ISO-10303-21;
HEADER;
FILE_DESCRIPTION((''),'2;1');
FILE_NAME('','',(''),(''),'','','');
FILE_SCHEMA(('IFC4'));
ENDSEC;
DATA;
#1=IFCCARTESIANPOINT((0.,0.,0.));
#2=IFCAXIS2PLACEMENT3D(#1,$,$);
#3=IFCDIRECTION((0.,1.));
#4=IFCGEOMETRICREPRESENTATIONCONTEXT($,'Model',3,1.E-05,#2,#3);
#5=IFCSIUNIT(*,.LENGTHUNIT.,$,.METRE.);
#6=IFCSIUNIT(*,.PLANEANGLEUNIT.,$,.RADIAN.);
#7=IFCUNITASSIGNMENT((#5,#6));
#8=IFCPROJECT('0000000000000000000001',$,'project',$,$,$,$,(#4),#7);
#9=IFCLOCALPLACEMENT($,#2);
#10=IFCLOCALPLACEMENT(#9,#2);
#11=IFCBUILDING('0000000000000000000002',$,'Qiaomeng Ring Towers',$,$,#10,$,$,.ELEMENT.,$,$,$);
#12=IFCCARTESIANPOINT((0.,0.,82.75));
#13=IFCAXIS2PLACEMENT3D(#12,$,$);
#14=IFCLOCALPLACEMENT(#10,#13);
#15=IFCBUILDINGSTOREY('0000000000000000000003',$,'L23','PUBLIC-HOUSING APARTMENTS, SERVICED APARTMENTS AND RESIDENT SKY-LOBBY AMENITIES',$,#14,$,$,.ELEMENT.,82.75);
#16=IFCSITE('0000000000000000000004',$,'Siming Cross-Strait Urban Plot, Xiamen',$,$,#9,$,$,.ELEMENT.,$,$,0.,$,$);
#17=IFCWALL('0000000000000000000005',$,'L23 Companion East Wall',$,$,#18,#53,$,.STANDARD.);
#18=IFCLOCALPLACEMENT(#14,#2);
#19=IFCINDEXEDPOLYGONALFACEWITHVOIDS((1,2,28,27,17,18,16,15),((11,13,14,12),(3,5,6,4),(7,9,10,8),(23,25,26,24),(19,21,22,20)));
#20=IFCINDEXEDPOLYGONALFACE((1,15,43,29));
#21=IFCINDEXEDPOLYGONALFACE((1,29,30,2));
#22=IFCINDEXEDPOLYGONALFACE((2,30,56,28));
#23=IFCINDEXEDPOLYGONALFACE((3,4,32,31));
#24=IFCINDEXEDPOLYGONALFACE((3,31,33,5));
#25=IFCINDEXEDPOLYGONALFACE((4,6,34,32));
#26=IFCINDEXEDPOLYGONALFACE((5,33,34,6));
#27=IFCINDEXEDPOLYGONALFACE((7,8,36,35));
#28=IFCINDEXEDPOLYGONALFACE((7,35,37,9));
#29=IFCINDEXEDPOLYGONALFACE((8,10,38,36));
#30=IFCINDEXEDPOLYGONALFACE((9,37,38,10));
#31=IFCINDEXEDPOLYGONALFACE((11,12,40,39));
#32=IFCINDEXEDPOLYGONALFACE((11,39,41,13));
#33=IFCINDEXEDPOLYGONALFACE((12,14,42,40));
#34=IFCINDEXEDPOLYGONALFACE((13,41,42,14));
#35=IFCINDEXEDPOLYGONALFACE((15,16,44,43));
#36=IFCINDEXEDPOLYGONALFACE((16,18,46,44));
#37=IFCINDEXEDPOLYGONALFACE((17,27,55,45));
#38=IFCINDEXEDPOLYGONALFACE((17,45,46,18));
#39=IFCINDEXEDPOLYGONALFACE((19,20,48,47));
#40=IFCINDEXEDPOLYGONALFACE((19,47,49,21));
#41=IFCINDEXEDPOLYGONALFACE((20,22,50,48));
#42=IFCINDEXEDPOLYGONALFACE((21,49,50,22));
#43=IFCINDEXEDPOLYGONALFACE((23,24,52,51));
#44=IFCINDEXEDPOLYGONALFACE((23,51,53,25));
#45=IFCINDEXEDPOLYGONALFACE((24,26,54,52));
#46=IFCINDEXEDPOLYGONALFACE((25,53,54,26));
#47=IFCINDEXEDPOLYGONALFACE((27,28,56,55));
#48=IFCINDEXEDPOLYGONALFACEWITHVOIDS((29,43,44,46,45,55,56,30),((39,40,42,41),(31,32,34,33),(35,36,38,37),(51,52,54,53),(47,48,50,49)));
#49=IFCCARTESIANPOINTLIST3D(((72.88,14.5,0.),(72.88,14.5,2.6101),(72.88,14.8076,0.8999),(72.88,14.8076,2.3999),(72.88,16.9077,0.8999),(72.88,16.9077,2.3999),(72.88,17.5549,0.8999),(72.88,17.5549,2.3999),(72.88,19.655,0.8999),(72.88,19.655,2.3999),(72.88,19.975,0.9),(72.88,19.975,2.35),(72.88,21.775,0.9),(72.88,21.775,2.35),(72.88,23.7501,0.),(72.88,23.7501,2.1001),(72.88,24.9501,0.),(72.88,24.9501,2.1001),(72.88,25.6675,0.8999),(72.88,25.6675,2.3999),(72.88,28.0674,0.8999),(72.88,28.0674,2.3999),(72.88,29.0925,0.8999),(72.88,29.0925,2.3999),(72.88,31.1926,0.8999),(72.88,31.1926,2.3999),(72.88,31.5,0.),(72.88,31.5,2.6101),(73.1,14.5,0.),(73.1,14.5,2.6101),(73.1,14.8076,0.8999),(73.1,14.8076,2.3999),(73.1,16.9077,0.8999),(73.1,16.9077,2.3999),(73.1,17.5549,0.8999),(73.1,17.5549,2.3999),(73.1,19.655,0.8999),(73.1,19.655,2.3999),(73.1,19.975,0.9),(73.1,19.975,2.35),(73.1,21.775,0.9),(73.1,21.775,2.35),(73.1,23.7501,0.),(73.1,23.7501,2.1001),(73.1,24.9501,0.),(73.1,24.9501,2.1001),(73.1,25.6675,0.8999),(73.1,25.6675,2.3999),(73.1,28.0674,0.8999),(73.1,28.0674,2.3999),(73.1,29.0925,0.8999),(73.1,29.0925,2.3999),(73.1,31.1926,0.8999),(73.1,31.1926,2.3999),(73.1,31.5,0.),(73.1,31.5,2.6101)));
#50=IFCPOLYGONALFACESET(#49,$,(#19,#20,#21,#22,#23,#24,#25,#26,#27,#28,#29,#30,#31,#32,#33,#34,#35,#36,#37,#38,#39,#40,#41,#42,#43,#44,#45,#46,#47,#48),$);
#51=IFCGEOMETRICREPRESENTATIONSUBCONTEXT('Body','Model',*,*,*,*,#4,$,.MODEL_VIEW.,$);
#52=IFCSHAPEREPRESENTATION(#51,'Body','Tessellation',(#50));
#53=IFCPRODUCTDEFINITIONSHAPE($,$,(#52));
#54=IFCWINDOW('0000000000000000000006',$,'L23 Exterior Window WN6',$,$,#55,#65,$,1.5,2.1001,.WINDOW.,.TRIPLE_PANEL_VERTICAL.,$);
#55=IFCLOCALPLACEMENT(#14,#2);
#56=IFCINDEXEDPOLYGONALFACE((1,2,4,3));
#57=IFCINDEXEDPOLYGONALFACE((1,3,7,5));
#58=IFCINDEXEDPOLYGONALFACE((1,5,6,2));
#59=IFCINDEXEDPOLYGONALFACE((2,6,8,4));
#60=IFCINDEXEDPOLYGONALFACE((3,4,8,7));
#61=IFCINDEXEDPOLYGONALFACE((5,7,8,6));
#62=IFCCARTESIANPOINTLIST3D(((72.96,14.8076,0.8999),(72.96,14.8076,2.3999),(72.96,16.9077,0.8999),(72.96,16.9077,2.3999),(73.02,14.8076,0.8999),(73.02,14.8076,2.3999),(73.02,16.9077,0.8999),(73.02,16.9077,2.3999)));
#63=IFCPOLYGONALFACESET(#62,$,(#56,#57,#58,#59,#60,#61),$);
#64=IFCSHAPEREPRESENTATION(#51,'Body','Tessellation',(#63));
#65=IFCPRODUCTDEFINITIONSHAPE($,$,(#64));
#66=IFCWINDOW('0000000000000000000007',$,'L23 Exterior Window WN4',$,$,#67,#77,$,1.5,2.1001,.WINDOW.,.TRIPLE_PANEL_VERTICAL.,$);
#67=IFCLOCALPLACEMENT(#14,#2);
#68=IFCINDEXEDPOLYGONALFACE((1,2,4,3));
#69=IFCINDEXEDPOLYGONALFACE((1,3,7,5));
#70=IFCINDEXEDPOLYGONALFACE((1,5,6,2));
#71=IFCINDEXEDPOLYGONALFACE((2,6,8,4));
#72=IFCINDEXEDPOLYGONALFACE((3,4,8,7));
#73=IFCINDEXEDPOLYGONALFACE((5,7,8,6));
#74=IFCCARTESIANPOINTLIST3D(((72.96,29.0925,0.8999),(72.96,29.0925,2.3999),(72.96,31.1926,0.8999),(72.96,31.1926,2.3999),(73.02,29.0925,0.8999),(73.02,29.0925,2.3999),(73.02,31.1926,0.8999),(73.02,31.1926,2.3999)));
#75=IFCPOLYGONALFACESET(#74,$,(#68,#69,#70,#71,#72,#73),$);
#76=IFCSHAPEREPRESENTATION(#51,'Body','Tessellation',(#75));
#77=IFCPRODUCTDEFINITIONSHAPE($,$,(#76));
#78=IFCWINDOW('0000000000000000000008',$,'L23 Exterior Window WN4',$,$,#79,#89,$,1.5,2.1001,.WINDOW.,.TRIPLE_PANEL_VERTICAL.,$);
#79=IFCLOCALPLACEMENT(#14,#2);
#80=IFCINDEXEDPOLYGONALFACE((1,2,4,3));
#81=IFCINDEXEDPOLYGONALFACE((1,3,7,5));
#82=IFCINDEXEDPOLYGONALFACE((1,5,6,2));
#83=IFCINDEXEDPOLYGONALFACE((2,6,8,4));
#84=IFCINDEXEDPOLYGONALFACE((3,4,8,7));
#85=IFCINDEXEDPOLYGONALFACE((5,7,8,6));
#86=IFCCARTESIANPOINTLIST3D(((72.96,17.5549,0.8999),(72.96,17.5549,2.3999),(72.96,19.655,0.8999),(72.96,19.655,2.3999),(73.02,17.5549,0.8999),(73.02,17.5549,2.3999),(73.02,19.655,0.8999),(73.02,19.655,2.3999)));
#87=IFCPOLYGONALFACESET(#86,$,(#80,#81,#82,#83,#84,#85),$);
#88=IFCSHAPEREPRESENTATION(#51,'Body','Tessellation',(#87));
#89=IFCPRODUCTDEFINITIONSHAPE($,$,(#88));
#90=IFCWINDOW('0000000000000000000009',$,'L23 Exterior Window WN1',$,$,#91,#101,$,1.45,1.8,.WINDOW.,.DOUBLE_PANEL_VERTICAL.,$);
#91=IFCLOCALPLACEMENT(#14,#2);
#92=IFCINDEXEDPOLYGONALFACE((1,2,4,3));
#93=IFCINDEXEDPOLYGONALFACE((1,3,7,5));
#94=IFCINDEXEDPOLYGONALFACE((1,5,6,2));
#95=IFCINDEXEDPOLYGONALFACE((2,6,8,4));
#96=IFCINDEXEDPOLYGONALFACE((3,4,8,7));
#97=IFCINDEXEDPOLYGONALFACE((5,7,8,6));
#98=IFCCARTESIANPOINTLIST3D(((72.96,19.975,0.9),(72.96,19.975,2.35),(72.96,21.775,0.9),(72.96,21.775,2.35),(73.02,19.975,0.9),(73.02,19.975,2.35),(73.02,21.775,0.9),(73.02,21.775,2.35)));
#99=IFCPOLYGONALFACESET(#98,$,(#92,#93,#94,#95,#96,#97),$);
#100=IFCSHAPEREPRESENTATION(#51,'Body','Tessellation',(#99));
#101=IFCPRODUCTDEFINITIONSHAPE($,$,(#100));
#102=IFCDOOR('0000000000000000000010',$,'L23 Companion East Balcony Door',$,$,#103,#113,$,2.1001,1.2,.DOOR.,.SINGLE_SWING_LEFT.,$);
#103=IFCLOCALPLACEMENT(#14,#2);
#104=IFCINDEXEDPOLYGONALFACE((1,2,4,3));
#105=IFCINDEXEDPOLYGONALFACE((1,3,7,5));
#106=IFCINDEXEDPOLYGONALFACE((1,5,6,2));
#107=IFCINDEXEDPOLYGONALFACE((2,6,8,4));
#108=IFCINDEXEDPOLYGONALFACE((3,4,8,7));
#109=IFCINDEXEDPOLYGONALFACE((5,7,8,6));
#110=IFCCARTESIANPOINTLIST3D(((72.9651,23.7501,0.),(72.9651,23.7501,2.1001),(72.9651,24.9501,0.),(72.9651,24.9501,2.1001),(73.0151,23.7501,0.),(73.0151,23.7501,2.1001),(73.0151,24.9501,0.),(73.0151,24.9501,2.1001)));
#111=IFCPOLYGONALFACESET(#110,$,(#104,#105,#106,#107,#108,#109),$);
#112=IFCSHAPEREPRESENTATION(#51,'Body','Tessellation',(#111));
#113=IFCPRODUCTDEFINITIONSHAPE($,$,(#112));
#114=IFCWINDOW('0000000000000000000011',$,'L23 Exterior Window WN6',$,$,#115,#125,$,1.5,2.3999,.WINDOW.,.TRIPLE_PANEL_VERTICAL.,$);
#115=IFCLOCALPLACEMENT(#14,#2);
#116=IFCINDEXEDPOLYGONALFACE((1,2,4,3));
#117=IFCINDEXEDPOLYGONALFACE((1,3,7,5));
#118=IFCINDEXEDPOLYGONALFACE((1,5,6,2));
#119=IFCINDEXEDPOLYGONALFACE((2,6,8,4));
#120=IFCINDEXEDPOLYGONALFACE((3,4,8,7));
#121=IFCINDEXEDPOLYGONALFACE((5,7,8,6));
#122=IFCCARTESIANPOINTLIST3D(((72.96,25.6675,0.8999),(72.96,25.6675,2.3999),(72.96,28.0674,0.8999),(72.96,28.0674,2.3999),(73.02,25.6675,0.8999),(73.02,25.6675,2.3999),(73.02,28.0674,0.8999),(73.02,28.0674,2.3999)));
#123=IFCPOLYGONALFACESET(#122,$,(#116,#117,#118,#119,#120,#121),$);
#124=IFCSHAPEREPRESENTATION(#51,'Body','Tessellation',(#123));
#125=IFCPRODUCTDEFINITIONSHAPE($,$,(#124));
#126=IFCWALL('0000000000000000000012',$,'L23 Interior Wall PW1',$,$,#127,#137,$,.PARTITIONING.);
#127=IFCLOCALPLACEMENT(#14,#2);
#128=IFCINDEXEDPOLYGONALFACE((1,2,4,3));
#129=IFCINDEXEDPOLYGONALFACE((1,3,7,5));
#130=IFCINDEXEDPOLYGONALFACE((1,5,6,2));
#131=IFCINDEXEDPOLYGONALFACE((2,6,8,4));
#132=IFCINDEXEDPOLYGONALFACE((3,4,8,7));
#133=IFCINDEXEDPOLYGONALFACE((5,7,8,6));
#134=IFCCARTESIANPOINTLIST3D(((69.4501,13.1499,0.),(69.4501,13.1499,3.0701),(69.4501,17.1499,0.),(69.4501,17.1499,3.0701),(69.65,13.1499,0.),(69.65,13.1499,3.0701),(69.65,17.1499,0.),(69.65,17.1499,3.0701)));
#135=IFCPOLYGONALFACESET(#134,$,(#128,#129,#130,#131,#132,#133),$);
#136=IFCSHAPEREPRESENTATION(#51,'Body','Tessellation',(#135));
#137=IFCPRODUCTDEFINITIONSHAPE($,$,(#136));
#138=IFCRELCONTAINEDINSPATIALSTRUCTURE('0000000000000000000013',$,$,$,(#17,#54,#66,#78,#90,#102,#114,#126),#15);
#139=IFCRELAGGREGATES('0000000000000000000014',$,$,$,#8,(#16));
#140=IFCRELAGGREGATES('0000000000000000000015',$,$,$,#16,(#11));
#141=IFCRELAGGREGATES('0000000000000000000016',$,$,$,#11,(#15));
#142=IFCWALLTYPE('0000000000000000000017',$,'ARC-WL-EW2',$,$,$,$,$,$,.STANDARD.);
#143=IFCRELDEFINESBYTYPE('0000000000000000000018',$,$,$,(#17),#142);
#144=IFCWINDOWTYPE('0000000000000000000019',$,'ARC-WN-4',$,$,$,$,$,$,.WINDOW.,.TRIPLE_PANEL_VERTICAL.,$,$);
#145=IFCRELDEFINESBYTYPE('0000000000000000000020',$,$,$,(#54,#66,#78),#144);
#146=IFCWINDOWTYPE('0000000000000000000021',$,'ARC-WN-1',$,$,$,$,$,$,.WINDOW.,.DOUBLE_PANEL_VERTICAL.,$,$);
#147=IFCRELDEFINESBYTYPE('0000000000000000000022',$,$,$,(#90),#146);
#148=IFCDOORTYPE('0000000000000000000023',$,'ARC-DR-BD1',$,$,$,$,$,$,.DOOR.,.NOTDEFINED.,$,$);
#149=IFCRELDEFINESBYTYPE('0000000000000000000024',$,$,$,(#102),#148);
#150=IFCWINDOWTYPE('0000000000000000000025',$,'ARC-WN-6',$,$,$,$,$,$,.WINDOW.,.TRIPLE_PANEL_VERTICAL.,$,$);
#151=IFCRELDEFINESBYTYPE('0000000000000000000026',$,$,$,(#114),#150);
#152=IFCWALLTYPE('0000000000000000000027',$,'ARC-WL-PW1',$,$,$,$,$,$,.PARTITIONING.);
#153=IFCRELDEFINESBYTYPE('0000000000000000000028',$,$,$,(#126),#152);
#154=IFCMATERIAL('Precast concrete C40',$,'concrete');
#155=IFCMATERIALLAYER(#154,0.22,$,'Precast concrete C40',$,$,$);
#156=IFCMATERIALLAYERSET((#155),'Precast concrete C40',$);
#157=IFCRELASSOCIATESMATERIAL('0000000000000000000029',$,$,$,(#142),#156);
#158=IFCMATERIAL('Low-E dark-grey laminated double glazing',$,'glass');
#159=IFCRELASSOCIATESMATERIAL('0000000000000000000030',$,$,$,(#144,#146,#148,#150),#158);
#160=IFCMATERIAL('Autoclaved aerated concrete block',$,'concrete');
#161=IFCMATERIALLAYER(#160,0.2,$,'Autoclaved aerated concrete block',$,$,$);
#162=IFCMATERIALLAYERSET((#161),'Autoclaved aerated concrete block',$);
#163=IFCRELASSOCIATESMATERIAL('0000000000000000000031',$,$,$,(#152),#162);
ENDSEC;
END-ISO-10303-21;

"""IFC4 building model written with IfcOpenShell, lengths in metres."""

from ifc_helpers import new_model, si_unit, direction, frame, frame_2d, origin, place, context, subcontext, project, spatial, rectangle, extrude, source, transform, mapped, material, layer, layer_set, type_object, element, fill, save


model = new_model("IFC4")

# Units and contexts
model_context = context("Model", 3, precision=1e-05, world=origin(), true_north=direction((0.0, 1.0)))
body_context = subcontext(model_context, "Body", "Model", "MODEL_VIEW")
ifc_project = project(units=[si_unit("LENGTHUNIT", "METRE"), si_unit("PLANEANGLEUNIT", "RADIAN")], contexts=[model_context])

# Site, building, storey
site_placement = place(None, origin())
site = spatial("IfcSite", under=ifc_project, at=site_placement, Name="Siming Cross-Strait Urban Plot, Xiamen", CompositionType="ELEMENT", RefElevation=0.0)
building_placement = place(site_placement, origin())
building = spatial("IfcBuilding", under=site, at=building_placement, Name="Qiaomeng Ring Towers", CompositionType="ELEMENT")
storey_placement = place(building_placement, frame((0.0, 0.0, 82.75)))
storey = spatial("IfcBuildingStorey", under=building, at=storey_placement, Name="L23", Description="PUBLIC-HOUSING APARTMENTS, SERVICED APARTMENTS AND RESIDENT SKY-LOBBY AMENITIES", CompositionType="ELEMENT", Elevation=82.75)

# Shared definitions
ifc_material_1 = material(Name="Low-E dark-grey laminated double glazing", Category="glass")

# Wall, openings, windows, door
ifc_material_2 = material(Name="Precast concrete C40", Category="concrete")
ifc_layer_1 = layer(ifc_material_2, 0.22, Name="Precast concrete C40")
ifc_layer_set_1 = layer_set([ifc_layer_1], Name="Precast concrete C40")
wall_type_1 = type_object("IfcWallType", Name="ARC-WL-EW2", PredefinedType="STANDARD", material=ifc_layer_set_1)
wall_1_placement = place(storey_placement, frame((72.99, 14.5, 0.0), z_axis=(0.0, 0.0, 1.0), x_axis=(0.0, 1.0, 0.0)))
wall_1 = element("IfcWall", 1, at=wall_1_placement, inside=storey, type_object=wall_type_1, Name="L23 Companion East Wall", PredefinedType="STANDARD", context=body_context, shape_type="SweptSolid", body=[
    extrude(rectangle(XDim=17.0, YDim=0.22, at=frame_2d((8.5, 0.0))), origin(), (0.0, 0.0, 1.0), 2.6101),
])
opening_1_placement = place(wall_1_placement, frame((9.25, 0.0, 0.0)))
opening_1 = element("IfcOpeningElement", 2, at=opening_1_placement, cuts=wall_1, PredefinedType="OPENING", context=body_context, shape_type="SweptSolid", body=[
    extrude(rectangle(XDim=1.2, YDim=2.1001, at=frame_2d((0.6001, 1.05))), frame((0.0, 0.1199, 0.0), z_axis=(0.0, -1.0, 0.0), x_axis=(1.0, 0.0, 0.0)), (0.0, 0.0, 1.0), 0.24),
])
opening_2_placement = place(wall_1_placement, frame((0.3076, 0.0, 0.8999)))
opening_2 = element("IfcOpeningElement", 3, at=opening_2_placement, cuts=wall_1, PredefinedType="OPENING", context=body_context, shape_type="SweptSolid", body=[
    extrude(rectangle(XDim=2.1001, YDim=1.5, at=frame_2d((1.05, 0.75))), frame((0.0, 0.1199, 0.0), z_axis=(0.0, -1.0, 0.0), x_axis=(1.0, 0.0, 0.0)), (0.0, 0.0, 1.0), 0.24),
])
opening_3_placement = place(wall_1_placement, frame((5.4751, 0.0, 0.8999)))
opening_3 = element("IfcOpeningElement", 4, at=opening_3_placement, cuts=wall_1, PredefinedType="OPENING", context=body_context, shape_type="SweptSolid", body=[
    extrude(rectangle(XDim=1.8, YDim=1.45, at=frame_2d((0.8999, 0.7251))), frame((0.0, 0.1199, 0.0), z_axis=(0.0, -1.0, 0.0), x_axis=(1.0, 0.0, 0.0)), (0.0, 0.0, 1.0), 0.24),
])
opening_4_placement = place(wall_1_placement, frame((14.5925, 0.0, 0.8999)))
opening_4 = element("IfcOpeningElement", 5, at=opening_4_placement, cuts=wall_1, PredefinedType="OPENING", context=body_context, shape_type="SweptSolid", body=[
    extrude(rectangle(XDim=2.1001, YDim=1.5, at=frame_2d((1.05, 0.75))), frame((0.0, 0.1199, 0.0), z_axis=(0.0, -1.0, 0.0), x_axis=(1.0, 0.0, 0.0)), (0.0, 0.0, 1.0), 0.24),
])
opening_5_placement = place(wall_1_placement, frame((3.0549, 0.0, 0.8999)))
opening_5 = element("IfcOpeningElement", 6, at=opening_5_placement, cuts=wall_1, PredefinedType="OPENING", context=body_context, shape_type="SweptSolid", body=[
    extrude(rectangle(XDim=2.1001, YDim=1.5, at=frame_2d((1.05, 0.75))), frame((0.0, 0.1199, 0.0), z_axis=(0.0, -1.0, 0.0), x_axis=(1.0, 0.0, 0.0)), (0.0, 0.0, 1.0), 0.24),
])
opening_6_placement = place(wall_1_placement, frame((11.1675, 0.0, 0.8999)))
opening_6 = element("IfcOpeningElement", 7, at=opening_6_placement, cuts=wall_1, PredefinedType="OPENING", context=body_context, shape_type="SweptSolid", body=[
    extrude(rectangle(XDim=2.3999, YDim=1.5, at=frame_2d((1.2, 0.75))), frame((0.0, 0.1199, 0.0), z_axis=(0.0, -1.0, 0.0), x_axis=(1.0, 0.0, 0.0)), (0.0, 0.0, 1.0), 0.24),
])
window_type_1 = type_object("IfcWindowType", Name="ARC-WN-4", PartitioningType="TRIPLE_PANEL_VERTICAL", PredefinedType="WINDOW", material=ifc_material_1)
shared_shape_1 = source(origin(), body_context, "Body", "SweptSolid", [
    extrude(rectangle(XDim=2.1001, YDim=1.5, at=frame_2d((1.05, 0.75))), frame((0.0, 0.03, 0.0), z_axis=(0.0, -1.0, 0.0), x_axis=(1.0, 0.0, 0.0)), (0.0, 0.0, 1.0), 0.0601),
])
window_1_placement = place(opening_2_placement, origin())
window_1 = element("IfcWindow", 8, at=window_1_placement, inside=storey, type_object=window_type_1, Name="L23 Exterior Window WN6", OverallHeight=1.5, OverallWidth=2.1001, PartitioningType="TRIPLE_PANEL_VERTICAL", PredefinedType="WINDOW", context=body_context, shape_type="MappedRepresentation", body=[
    mapped(shared_shape_1, transform((0.0, 0.0, 0.0), x_axis=(1.0, 0.0, 0.0), y_axis=(0.0, 1.0, 0.0), z_axis=(0.0, 0.0, 1.0), scale=1.0)),
])
fill(opening_2, window_1)
window_2_placement = place(opening_4_placement, origin())
window_2 = element("IfcWindow", 9, at=window_2_placement, inside=storey, type_object=window_type_1, Name="L23 Exterior Window WN4", OverallHeight=1.5, OverallWidth=2.1001, PartitioningType="TRIPLE_PANEL_VERTICAL", PredefinedType="WINDOW", context=body_context, shape_type="MappedRepresentation", body=[
    mapped(shared_shape_1, transform((0.0, 0.0, 0.0), x_axis=(1.0, 0.0, 0.0), y_axis=(0.0, 1.0, 0.0), z_axis=(0.0, 0.0, 1.0), scale=1.0)),
])
fill(opening_4, window_2)
window_3_placement = place(opening_5_placement, origin())
window_3 = element("IfcWindow", 10, at=window_3_placement, inside=storey, type_object=window_type_1, Name="L23 Exterior Window WN4", OverallHeight=1.5, OverallWidth=2.1001, PartitioningType="TRIPLE_PANEL_VERTICAL", PredefinedType="WINDOW", context=body_context, shape_type="MappedRepresentation", body=[
    mapped(shared_shape_1, transform((0.0, 0.0, 0.0), x_axis=(1.0, 0.0, 0.0), y_axis=(0.0, 1.0, 0.0), z_axis=(0.0, 0.0, 1.0), scale=1.0)),
])
fill(opening_5, window_3)
window_type_2 = type_object("IfcWindowType", Name="ARC-WN-1", PartitioningType="DOUBLE_PANEL_VERTICAL", PredefinedType="WINDOW", material=ifc_material_1)
shared_shape_2 = source(origin(), body_context, "Body", "SweptSolid", [
    extrude(rectangle(XDim=1.8, YDim=1.45, at=frame_2d((0.8999, 0.7251))), frame((0.0, 0.03, 0.0), z_axis=(0.0, -1.0, 0.0), x_axis=(1.0, 0.0, 0.0)), (0.0, 0.0, 1.0), 0.0601),
])
window_4_placement = place(opening_3_placement, origin())
window_4 = element("IfcWindow", 11, at=window_4_placement, inside=storey, type_object=window_type_2, Name="L23 Exterior Window WN1", OverallHeight=1.45, OverallWidth=1.8, PartitioningType="DOUBLE_PANEL_VERTICAL", PredefinedType="WINDOW", context=body_context, shape_type="MappedRepresentation", body=[
    mapped(shared_shape_2, transform((0.0, 0.0, 0.0), x_axis=(1.0, 0.0, 0.0), y_axis=(0.0, 1.0, 0.0), z_axis=(0.0, 0.0, 1.0), scale=1.0)),
])
fill(opening_3, window_4)
door_type_1 = type_object("IfcDoorType", Name="ARC-DR-BD1", OperationType="NOTDEFINED", PredefinedType="DOOR", material=ifc_material_1)
shared_shape_3 = source(origin(), body_context, "Body", "SweptSolid", [
    extrude(rectangle(XDim=1.2, YDim=2.1001, at=frame_2d((0.6001, 1.05))), frame((0.0, 0.0249, 0.0), z_axis=(0.0, -1.0, 0.0), x_axis=(1.0, 0.0, 0.0)), (0.0, 0.0, 1.0), 0.05),
])
door_1_placement = place(opening_1_placement, origin())
door_1 = element("IfcDoor", 12, at=door_1_placement, inside=storey, type_object=door_type_1, Name="L23 Companion East Balcony Door", OperationType="SINGLE_SWING_LEFT", OverallHeight=2.1001, OverallWidth=1.2, PredefinedType="DOOR", context=body_context, shape_type="MappedRepresentation", body=[
    mapped(shared_shape_3, transform((0.0, 0.0, 0.0), x_axis=(1.0, 0.0, 0.0), y_axis=(0.0, 1.0, 0.0), z_axis=(0.0, 0.0, 1.0), scale=1.0)),
])
fill(opening_1, door_1)
window_type_3 = type_object("IfcWindowType", Name="ARC-WN-6", PartitioningType="TRIPLE_PANEL_VERTICAL", PredefinedType="WINDOW", material=ifc_material_1)
shared_shape_4 = source(origin(), body_context, "Body", "SweptSolid", [
    extrude(rectangle(XDim=2.3999, YDim=1.5, at=frame_2d((1.2, 0.75))), frame((0.0, 0.03, 0.0), z_axis=(0.0, -1.0, 0.0), x_axis=(1.0, 0.0, 0.0)), (0.0, 0.0, 1.0), 0.0601),
])
window_5_placement = place(opening_6_placement, origin())
window_5 = element("IfcWindow", 13, at=window_5_placement, inside=storey, type_object=window_type_3, Name="L23 Exterior Window WN6", OverallHeight=1.5, OverallWidth=2.3999, PartitioningType="TRIPLE_PANEL_VERTICAL", PredefinedType="WINDOW", context=body_context, shape_type="MappedRepresentation", body=[
    mapped(shared_shape_4, transform((0.0, 0.0, 0.0), x_axis=(1.0, 0.0, 0.0), y_axis=(0.0, 1.0, 0.0), z_axis=(0.0, 0.0, 1.0), scale=1.0)),
])
fill(opening_6, window_5)

# Wall
ifc_material_3 = material(Name="Autoclaved aerated concrete block", Category="concrete")
ifc_layer_2 = layer(ifc_material_3, 0.2, Name="Autoclaved aerated concrete block")
ifc_layer_set_2 = layer_set([ifc_layer_2], Name="Autoclaved aerated concrete block")
wall_type_2 = type_object("IfcWallType", Name="ARC-WL-PW1", PredefinedType="PARTITIONING", material=ifc_layer_set_2)
wall_2_placement = place(storey_placement, frame((69.55, 13.1499, 0.0), z_axis=(0.0, 0.0, 1.0), x_axis=(0.0, 1.0, 0.0)))
element("IfcWall", 14, at=wall_2_placement, inside=storey, type_object=wall_type_2, Name="L23 Interior Wall PW1", PredefinedType="PARTITIONING", context=body_context, shape_type="SweptSolid", body=[
    extrude(rectangle(XDim=4.0, YDim=0.2, at=frame_2d((2.0, 0.0))), origin(), (0.0, 0.0, 1.0), 3.0701),
])

save(model, "model.ifc")
